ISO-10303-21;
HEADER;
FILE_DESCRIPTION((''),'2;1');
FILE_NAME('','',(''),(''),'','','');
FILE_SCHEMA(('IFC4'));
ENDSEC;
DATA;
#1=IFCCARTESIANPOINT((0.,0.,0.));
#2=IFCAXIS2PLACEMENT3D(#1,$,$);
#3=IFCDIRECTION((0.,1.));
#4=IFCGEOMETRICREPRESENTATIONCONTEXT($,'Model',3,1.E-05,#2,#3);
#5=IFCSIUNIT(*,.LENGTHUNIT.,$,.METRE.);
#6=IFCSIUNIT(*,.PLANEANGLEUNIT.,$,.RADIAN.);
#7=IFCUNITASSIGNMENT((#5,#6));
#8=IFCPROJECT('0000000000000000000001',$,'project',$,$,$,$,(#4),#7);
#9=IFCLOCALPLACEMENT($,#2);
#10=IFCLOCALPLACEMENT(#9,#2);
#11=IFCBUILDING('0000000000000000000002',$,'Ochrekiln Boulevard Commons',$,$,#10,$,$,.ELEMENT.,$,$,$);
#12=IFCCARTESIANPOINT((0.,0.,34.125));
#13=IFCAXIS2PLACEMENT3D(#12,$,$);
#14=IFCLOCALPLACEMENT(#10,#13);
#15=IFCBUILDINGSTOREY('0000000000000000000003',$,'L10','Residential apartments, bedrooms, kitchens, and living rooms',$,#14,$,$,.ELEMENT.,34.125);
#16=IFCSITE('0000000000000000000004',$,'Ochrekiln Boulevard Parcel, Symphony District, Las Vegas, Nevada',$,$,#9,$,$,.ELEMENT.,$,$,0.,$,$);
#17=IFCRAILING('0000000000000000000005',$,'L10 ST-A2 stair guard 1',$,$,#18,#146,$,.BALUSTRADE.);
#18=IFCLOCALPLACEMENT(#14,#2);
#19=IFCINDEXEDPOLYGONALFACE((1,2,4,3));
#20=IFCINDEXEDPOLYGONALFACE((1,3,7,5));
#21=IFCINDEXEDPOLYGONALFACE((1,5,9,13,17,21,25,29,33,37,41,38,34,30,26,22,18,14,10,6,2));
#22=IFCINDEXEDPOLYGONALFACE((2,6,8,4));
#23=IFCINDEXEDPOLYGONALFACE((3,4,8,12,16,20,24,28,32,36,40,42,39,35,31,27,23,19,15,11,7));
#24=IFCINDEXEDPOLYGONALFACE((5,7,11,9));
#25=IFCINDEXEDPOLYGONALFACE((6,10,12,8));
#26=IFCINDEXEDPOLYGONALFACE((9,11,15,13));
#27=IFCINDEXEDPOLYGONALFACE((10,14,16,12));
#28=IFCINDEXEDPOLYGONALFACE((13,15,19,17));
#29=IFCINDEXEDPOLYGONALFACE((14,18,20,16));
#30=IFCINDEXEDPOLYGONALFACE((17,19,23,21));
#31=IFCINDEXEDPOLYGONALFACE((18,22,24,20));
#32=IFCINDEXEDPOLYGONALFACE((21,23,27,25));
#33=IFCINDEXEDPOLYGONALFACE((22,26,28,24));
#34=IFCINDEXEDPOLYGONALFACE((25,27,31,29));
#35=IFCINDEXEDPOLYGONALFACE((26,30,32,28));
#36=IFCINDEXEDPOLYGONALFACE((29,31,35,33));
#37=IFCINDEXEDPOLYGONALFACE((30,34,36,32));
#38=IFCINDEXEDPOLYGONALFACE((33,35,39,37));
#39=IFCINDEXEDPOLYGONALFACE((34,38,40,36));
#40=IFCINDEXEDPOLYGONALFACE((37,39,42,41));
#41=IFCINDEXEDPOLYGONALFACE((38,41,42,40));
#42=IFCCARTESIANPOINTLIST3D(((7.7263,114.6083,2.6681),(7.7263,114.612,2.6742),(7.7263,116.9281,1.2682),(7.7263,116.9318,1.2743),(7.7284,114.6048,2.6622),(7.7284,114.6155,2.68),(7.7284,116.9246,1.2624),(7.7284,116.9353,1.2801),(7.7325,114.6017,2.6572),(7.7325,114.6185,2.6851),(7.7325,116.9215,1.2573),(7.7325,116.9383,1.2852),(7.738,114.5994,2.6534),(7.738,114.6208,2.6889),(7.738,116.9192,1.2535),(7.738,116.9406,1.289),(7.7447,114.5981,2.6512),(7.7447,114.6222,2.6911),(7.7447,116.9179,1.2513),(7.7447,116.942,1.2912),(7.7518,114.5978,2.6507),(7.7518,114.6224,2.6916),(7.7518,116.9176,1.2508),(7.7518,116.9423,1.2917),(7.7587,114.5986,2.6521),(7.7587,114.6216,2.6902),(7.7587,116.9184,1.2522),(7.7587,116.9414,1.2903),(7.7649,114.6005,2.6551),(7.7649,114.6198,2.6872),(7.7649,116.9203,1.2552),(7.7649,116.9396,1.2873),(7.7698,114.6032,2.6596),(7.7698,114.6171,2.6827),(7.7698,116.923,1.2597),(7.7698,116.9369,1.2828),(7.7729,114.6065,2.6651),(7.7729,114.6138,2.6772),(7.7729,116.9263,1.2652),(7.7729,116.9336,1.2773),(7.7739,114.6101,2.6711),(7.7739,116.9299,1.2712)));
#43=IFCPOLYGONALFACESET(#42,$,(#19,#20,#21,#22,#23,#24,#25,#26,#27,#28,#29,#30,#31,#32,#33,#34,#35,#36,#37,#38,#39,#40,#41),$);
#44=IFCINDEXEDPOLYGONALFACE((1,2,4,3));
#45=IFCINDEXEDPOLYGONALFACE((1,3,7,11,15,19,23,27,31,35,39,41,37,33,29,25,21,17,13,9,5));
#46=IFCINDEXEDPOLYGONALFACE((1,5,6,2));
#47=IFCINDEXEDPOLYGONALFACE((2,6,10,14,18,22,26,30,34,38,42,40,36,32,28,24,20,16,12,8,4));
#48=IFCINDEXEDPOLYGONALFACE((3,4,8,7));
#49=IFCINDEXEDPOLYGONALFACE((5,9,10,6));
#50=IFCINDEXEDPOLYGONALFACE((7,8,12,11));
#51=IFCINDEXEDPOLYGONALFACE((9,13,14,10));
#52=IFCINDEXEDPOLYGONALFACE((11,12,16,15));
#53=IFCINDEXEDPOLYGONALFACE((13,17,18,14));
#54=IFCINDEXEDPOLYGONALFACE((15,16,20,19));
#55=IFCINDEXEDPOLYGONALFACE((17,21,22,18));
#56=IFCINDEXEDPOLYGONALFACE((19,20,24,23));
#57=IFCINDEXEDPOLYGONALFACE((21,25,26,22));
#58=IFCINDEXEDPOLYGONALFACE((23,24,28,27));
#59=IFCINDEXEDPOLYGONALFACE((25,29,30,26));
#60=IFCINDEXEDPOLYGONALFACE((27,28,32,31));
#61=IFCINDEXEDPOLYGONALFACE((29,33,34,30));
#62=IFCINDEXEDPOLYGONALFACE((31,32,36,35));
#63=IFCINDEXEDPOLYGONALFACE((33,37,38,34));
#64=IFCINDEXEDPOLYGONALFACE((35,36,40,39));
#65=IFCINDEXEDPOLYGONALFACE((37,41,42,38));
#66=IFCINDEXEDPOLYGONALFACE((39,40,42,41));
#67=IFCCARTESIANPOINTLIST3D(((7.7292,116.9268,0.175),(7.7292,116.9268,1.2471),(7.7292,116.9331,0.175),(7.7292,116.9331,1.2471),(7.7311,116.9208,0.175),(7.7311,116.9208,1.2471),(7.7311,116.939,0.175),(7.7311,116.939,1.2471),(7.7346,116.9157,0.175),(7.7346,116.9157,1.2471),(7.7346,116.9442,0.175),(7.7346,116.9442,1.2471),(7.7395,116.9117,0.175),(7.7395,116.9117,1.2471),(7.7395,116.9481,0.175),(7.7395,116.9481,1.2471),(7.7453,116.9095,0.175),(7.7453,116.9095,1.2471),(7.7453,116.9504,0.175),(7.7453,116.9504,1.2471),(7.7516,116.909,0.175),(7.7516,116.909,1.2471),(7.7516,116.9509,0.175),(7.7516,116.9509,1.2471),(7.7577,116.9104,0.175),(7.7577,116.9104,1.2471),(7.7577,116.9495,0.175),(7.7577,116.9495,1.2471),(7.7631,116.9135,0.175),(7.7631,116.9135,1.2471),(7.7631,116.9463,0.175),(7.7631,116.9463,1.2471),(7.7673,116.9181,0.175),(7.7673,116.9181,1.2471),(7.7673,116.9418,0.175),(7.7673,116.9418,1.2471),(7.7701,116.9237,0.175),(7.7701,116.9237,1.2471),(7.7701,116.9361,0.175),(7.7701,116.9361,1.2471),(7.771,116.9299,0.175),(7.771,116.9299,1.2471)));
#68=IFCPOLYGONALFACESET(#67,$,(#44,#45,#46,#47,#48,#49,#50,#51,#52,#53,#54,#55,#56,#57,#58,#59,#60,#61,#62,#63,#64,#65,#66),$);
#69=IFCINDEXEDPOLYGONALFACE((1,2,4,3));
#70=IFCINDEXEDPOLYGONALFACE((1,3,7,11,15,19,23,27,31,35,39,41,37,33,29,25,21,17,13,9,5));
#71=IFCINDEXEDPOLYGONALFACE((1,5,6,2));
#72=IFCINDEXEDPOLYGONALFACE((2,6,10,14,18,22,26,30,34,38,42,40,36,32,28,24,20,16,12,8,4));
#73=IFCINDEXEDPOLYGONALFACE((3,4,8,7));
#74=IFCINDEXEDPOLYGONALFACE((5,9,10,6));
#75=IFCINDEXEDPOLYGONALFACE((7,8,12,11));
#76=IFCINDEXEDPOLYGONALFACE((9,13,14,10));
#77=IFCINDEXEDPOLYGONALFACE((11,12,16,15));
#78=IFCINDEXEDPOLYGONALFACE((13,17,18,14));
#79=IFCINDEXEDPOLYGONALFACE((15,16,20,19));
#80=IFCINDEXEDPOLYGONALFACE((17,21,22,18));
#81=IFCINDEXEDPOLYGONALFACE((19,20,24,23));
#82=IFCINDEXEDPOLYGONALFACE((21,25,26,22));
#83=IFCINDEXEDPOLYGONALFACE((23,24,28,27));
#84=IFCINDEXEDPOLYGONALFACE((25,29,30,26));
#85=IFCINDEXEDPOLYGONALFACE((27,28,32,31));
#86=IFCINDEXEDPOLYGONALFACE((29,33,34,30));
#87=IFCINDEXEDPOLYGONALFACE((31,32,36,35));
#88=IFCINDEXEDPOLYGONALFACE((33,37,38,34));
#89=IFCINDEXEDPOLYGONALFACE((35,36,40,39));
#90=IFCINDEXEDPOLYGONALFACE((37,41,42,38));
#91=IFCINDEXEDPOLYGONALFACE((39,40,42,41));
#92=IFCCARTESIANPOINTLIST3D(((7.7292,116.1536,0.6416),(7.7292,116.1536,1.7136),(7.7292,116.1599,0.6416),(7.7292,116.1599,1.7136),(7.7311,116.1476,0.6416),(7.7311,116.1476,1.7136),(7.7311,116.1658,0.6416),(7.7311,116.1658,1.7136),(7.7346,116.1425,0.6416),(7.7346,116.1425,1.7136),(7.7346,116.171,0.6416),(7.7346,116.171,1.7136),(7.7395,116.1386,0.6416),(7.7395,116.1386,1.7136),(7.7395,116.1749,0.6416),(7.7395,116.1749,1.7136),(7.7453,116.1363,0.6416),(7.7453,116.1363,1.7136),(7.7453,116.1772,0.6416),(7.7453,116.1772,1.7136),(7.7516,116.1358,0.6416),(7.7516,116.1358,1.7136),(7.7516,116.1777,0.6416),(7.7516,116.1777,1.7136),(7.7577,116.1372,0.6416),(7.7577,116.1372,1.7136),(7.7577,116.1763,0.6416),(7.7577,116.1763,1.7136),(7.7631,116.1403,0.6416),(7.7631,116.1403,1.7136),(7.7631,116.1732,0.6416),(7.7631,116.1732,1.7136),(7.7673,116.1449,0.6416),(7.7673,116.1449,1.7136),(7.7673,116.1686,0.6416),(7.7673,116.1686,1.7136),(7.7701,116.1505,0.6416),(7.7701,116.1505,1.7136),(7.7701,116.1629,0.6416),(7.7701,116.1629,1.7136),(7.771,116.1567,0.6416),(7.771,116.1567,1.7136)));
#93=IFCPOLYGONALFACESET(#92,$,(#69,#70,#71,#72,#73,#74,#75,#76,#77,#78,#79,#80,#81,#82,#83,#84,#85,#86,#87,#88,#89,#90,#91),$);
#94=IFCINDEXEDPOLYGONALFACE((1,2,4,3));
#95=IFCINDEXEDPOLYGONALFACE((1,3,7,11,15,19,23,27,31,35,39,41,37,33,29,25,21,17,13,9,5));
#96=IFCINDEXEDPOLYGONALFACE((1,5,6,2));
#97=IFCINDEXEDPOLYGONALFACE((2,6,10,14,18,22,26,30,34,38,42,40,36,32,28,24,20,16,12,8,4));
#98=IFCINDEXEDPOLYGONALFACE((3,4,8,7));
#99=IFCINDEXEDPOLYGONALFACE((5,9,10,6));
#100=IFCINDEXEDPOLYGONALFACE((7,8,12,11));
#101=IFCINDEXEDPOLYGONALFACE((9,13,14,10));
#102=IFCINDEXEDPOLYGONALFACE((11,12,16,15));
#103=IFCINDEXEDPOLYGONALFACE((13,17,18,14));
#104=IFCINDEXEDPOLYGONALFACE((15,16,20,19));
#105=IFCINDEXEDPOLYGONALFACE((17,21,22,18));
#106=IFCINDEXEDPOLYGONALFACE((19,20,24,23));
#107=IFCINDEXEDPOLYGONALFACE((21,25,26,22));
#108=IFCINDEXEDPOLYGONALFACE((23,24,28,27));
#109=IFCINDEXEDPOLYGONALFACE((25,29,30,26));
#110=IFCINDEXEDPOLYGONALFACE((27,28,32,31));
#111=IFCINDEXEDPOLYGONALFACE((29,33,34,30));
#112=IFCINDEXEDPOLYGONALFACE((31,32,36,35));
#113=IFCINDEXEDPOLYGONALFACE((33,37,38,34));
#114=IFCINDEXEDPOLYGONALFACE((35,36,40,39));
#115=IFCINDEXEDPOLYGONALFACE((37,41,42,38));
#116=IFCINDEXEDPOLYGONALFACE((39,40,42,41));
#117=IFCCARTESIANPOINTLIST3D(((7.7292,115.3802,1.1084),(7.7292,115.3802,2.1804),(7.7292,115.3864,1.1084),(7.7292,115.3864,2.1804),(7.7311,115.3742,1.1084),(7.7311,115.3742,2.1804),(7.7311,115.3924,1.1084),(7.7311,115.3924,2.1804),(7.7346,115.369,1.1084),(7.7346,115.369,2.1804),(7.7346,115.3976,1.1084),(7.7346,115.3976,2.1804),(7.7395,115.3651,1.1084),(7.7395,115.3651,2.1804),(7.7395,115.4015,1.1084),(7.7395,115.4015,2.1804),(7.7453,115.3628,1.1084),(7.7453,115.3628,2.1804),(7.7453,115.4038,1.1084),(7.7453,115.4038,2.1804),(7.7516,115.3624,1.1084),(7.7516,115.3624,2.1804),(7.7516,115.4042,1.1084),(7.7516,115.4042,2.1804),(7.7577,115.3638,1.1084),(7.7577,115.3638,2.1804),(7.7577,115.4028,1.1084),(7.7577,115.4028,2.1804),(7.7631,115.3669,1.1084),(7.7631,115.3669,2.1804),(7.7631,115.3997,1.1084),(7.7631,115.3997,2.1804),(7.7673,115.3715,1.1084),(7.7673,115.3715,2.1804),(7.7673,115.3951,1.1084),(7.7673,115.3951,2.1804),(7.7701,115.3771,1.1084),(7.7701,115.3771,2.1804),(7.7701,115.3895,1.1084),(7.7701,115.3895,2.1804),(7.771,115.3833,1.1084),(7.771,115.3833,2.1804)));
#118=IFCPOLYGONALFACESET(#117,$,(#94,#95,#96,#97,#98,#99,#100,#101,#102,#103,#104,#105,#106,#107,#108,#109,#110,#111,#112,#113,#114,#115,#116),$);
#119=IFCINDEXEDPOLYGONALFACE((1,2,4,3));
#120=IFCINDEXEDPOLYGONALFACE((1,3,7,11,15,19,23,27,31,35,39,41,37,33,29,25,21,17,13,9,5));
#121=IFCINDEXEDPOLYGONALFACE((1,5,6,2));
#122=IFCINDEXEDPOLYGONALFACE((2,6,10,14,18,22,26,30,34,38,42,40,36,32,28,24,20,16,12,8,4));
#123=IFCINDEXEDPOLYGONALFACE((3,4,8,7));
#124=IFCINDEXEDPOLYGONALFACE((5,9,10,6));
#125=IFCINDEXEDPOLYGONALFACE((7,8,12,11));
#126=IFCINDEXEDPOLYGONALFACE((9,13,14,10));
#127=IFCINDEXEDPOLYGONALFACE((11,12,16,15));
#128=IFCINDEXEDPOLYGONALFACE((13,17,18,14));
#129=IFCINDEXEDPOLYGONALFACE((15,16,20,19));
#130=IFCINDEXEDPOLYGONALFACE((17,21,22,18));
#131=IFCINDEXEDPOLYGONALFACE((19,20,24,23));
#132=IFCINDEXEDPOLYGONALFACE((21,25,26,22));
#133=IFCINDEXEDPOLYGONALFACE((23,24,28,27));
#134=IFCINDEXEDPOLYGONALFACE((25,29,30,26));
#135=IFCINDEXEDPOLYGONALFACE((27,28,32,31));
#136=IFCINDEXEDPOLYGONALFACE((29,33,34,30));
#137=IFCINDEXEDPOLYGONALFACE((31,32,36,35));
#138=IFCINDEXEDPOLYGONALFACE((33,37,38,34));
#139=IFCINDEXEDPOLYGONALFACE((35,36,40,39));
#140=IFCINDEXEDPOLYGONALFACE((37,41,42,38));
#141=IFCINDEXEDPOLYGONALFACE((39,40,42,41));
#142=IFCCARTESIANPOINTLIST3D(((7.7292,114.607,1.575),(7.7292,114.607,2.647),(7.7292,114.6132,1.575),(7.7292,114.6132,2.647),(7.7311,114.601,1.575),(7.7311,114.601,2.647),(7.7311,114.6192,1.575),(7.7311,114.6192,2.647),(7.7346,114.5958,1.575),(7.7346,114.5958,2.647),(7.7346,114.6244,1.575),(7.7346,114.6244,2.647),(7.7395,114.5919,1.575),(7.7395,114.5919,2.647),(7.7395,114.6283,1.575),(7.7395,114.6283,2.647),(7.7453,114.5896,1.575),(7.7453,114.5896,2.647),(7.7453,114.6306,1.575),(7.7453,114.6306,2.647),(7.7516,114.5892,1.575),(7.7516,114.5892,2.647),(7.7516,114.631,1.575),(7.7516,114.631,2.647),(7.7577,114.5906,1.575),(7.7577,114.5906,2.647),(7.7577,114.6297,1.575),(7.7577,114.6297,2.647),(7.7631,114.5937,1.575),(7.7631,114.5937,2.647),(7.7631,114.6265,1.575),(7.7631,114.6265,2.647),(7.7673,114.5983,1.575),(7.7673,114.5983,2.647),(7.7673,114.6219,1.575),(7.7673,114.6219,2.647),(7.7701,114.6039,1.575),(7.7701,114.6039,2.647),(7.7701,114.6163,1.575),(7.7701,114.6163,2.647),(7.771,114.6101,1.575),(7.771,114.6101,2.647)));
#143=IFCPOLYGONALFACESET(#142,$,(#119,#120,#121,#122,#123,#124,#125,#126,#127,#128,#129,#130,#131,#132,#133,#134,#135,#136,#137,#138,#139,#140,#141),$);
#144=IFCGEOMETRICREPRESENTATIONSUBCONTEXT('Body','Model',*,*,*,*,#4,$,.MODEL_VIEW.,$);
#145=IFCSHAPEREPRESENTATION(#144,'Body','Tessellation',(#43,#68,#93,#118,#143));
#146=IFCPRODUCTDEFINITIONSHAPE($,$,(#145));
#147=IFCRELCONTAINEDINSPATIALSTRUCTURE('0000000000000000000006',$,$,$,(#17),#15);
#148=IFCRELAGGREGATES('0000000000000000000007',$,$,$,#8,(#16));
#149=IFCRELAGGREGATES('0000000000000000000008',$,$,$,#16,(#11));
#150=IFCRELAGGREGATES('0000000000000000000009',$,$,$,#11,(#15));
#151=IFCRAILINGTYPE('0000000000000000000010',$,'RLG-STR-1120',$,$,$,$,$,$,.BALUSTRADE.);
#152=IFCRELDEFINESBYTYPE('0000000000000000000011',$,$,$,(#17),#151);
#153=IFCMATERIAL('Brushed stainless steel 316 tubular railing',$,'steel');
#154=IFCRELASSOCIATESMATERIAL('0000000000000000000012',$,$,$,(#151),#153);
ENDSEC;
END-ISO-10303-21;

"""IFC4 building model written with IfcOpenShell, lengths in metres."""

from ifc_helpers import new_model, si_unit, direction, frame, origin, origin_2d, place, context, subcontext, project, spatial, circle, extrude, material, type_object, element, save


model = new_model("IFC4")

# Units and contexts
model_context = context("Model", 3, precision=1e-05, world=origin(), true_north=direction((0.0, 1.0)))
body_context = subcontext(model_context, "Body", "Model", "MODEL_VIEW")
ifc_project = project(units=[si_unit("LENGTHUNIT", "METRE"), si_unit("PLANEANGLEUNIT", "RADIAN")], contexts=[model_context])

# Site, building, storey
site_placement = place(None, origin())
site = spatial("IfcSite", under=ifc_project, at=site_placement, Name="Ochrekiln Boulevard Parcel, Symphony District, Las Vegas, Nevada", CompositionType="ELEMENT", RefElevation=0.0)
building_placement = place(site_placement, origin())
building = spatial("IfcBuilding", under=site, at=building_placement, Name="Ochrekiln Boulevard Commons", CompositionType="ELEMENT")
storey_placement = place(building_placement, frame((0.0, 0.0, 34.125)))
storey = spatial("IfcBuildingStorey", under=building, at=storey_placement, Name="L10", Description="Residential apartments, bedrooms, kitchens, and living rooms", CompositionType="ELEMENT", Elevation=34.125)

# Railing
ifc_material_1 = material(Name="Brushed stainless steel 316 tubular railing", Category="steel")
railing_type_1 = type_object("IfcRailingType", Name="RLG-STR-1120", PredefinedType="BALUSTRADE", material=ifc_material_1)
railing_1_placement = place(storey_placement, frame((7.75, 116.9299, 0.175)))
element("IfcRailing", 1, at=railing_1_placement, inside=storey, type_object=railing_type_1, Name="L10 ST-A2 stair guard 1", PredefinedType="BALUSTRADE", context=body_context, shape_type="SweptSolid", body=[
    extrude(circle(Radius=0.0239, at=origin_2d()), frame((0.0, 0.0, 1.0962), z_axis=(0.0, -0.856186, 0.516667), x_axis=(1.0, 0.0, 0.0)), (0.0, 0.0, 1.0), 2.7095),
    extrude(circle(Radius=0.021, at=origin_2d()), origin(), (0.0, 0.0, 1.0), 1.072),
    extrude(circle(Radius=0.021, at=origin_2d()), frame((0.0, -0.7732, 0.4666)), (0.0, 0.0, 1.0), 1.072),
    extrude(circle(Radius=0.021, at=origin_2d()), frame((0.0, -1.5466, 0.9333)), (0.0, 0.0, 1.0), 1.072),
    extrude(circle(Radius=0.021, at=origin_2d()), frame((0.0, -2.3198, 1.3999)), (0.0, 0.0, 1.0), 1.072),
])

save(model, "model.ifc")
